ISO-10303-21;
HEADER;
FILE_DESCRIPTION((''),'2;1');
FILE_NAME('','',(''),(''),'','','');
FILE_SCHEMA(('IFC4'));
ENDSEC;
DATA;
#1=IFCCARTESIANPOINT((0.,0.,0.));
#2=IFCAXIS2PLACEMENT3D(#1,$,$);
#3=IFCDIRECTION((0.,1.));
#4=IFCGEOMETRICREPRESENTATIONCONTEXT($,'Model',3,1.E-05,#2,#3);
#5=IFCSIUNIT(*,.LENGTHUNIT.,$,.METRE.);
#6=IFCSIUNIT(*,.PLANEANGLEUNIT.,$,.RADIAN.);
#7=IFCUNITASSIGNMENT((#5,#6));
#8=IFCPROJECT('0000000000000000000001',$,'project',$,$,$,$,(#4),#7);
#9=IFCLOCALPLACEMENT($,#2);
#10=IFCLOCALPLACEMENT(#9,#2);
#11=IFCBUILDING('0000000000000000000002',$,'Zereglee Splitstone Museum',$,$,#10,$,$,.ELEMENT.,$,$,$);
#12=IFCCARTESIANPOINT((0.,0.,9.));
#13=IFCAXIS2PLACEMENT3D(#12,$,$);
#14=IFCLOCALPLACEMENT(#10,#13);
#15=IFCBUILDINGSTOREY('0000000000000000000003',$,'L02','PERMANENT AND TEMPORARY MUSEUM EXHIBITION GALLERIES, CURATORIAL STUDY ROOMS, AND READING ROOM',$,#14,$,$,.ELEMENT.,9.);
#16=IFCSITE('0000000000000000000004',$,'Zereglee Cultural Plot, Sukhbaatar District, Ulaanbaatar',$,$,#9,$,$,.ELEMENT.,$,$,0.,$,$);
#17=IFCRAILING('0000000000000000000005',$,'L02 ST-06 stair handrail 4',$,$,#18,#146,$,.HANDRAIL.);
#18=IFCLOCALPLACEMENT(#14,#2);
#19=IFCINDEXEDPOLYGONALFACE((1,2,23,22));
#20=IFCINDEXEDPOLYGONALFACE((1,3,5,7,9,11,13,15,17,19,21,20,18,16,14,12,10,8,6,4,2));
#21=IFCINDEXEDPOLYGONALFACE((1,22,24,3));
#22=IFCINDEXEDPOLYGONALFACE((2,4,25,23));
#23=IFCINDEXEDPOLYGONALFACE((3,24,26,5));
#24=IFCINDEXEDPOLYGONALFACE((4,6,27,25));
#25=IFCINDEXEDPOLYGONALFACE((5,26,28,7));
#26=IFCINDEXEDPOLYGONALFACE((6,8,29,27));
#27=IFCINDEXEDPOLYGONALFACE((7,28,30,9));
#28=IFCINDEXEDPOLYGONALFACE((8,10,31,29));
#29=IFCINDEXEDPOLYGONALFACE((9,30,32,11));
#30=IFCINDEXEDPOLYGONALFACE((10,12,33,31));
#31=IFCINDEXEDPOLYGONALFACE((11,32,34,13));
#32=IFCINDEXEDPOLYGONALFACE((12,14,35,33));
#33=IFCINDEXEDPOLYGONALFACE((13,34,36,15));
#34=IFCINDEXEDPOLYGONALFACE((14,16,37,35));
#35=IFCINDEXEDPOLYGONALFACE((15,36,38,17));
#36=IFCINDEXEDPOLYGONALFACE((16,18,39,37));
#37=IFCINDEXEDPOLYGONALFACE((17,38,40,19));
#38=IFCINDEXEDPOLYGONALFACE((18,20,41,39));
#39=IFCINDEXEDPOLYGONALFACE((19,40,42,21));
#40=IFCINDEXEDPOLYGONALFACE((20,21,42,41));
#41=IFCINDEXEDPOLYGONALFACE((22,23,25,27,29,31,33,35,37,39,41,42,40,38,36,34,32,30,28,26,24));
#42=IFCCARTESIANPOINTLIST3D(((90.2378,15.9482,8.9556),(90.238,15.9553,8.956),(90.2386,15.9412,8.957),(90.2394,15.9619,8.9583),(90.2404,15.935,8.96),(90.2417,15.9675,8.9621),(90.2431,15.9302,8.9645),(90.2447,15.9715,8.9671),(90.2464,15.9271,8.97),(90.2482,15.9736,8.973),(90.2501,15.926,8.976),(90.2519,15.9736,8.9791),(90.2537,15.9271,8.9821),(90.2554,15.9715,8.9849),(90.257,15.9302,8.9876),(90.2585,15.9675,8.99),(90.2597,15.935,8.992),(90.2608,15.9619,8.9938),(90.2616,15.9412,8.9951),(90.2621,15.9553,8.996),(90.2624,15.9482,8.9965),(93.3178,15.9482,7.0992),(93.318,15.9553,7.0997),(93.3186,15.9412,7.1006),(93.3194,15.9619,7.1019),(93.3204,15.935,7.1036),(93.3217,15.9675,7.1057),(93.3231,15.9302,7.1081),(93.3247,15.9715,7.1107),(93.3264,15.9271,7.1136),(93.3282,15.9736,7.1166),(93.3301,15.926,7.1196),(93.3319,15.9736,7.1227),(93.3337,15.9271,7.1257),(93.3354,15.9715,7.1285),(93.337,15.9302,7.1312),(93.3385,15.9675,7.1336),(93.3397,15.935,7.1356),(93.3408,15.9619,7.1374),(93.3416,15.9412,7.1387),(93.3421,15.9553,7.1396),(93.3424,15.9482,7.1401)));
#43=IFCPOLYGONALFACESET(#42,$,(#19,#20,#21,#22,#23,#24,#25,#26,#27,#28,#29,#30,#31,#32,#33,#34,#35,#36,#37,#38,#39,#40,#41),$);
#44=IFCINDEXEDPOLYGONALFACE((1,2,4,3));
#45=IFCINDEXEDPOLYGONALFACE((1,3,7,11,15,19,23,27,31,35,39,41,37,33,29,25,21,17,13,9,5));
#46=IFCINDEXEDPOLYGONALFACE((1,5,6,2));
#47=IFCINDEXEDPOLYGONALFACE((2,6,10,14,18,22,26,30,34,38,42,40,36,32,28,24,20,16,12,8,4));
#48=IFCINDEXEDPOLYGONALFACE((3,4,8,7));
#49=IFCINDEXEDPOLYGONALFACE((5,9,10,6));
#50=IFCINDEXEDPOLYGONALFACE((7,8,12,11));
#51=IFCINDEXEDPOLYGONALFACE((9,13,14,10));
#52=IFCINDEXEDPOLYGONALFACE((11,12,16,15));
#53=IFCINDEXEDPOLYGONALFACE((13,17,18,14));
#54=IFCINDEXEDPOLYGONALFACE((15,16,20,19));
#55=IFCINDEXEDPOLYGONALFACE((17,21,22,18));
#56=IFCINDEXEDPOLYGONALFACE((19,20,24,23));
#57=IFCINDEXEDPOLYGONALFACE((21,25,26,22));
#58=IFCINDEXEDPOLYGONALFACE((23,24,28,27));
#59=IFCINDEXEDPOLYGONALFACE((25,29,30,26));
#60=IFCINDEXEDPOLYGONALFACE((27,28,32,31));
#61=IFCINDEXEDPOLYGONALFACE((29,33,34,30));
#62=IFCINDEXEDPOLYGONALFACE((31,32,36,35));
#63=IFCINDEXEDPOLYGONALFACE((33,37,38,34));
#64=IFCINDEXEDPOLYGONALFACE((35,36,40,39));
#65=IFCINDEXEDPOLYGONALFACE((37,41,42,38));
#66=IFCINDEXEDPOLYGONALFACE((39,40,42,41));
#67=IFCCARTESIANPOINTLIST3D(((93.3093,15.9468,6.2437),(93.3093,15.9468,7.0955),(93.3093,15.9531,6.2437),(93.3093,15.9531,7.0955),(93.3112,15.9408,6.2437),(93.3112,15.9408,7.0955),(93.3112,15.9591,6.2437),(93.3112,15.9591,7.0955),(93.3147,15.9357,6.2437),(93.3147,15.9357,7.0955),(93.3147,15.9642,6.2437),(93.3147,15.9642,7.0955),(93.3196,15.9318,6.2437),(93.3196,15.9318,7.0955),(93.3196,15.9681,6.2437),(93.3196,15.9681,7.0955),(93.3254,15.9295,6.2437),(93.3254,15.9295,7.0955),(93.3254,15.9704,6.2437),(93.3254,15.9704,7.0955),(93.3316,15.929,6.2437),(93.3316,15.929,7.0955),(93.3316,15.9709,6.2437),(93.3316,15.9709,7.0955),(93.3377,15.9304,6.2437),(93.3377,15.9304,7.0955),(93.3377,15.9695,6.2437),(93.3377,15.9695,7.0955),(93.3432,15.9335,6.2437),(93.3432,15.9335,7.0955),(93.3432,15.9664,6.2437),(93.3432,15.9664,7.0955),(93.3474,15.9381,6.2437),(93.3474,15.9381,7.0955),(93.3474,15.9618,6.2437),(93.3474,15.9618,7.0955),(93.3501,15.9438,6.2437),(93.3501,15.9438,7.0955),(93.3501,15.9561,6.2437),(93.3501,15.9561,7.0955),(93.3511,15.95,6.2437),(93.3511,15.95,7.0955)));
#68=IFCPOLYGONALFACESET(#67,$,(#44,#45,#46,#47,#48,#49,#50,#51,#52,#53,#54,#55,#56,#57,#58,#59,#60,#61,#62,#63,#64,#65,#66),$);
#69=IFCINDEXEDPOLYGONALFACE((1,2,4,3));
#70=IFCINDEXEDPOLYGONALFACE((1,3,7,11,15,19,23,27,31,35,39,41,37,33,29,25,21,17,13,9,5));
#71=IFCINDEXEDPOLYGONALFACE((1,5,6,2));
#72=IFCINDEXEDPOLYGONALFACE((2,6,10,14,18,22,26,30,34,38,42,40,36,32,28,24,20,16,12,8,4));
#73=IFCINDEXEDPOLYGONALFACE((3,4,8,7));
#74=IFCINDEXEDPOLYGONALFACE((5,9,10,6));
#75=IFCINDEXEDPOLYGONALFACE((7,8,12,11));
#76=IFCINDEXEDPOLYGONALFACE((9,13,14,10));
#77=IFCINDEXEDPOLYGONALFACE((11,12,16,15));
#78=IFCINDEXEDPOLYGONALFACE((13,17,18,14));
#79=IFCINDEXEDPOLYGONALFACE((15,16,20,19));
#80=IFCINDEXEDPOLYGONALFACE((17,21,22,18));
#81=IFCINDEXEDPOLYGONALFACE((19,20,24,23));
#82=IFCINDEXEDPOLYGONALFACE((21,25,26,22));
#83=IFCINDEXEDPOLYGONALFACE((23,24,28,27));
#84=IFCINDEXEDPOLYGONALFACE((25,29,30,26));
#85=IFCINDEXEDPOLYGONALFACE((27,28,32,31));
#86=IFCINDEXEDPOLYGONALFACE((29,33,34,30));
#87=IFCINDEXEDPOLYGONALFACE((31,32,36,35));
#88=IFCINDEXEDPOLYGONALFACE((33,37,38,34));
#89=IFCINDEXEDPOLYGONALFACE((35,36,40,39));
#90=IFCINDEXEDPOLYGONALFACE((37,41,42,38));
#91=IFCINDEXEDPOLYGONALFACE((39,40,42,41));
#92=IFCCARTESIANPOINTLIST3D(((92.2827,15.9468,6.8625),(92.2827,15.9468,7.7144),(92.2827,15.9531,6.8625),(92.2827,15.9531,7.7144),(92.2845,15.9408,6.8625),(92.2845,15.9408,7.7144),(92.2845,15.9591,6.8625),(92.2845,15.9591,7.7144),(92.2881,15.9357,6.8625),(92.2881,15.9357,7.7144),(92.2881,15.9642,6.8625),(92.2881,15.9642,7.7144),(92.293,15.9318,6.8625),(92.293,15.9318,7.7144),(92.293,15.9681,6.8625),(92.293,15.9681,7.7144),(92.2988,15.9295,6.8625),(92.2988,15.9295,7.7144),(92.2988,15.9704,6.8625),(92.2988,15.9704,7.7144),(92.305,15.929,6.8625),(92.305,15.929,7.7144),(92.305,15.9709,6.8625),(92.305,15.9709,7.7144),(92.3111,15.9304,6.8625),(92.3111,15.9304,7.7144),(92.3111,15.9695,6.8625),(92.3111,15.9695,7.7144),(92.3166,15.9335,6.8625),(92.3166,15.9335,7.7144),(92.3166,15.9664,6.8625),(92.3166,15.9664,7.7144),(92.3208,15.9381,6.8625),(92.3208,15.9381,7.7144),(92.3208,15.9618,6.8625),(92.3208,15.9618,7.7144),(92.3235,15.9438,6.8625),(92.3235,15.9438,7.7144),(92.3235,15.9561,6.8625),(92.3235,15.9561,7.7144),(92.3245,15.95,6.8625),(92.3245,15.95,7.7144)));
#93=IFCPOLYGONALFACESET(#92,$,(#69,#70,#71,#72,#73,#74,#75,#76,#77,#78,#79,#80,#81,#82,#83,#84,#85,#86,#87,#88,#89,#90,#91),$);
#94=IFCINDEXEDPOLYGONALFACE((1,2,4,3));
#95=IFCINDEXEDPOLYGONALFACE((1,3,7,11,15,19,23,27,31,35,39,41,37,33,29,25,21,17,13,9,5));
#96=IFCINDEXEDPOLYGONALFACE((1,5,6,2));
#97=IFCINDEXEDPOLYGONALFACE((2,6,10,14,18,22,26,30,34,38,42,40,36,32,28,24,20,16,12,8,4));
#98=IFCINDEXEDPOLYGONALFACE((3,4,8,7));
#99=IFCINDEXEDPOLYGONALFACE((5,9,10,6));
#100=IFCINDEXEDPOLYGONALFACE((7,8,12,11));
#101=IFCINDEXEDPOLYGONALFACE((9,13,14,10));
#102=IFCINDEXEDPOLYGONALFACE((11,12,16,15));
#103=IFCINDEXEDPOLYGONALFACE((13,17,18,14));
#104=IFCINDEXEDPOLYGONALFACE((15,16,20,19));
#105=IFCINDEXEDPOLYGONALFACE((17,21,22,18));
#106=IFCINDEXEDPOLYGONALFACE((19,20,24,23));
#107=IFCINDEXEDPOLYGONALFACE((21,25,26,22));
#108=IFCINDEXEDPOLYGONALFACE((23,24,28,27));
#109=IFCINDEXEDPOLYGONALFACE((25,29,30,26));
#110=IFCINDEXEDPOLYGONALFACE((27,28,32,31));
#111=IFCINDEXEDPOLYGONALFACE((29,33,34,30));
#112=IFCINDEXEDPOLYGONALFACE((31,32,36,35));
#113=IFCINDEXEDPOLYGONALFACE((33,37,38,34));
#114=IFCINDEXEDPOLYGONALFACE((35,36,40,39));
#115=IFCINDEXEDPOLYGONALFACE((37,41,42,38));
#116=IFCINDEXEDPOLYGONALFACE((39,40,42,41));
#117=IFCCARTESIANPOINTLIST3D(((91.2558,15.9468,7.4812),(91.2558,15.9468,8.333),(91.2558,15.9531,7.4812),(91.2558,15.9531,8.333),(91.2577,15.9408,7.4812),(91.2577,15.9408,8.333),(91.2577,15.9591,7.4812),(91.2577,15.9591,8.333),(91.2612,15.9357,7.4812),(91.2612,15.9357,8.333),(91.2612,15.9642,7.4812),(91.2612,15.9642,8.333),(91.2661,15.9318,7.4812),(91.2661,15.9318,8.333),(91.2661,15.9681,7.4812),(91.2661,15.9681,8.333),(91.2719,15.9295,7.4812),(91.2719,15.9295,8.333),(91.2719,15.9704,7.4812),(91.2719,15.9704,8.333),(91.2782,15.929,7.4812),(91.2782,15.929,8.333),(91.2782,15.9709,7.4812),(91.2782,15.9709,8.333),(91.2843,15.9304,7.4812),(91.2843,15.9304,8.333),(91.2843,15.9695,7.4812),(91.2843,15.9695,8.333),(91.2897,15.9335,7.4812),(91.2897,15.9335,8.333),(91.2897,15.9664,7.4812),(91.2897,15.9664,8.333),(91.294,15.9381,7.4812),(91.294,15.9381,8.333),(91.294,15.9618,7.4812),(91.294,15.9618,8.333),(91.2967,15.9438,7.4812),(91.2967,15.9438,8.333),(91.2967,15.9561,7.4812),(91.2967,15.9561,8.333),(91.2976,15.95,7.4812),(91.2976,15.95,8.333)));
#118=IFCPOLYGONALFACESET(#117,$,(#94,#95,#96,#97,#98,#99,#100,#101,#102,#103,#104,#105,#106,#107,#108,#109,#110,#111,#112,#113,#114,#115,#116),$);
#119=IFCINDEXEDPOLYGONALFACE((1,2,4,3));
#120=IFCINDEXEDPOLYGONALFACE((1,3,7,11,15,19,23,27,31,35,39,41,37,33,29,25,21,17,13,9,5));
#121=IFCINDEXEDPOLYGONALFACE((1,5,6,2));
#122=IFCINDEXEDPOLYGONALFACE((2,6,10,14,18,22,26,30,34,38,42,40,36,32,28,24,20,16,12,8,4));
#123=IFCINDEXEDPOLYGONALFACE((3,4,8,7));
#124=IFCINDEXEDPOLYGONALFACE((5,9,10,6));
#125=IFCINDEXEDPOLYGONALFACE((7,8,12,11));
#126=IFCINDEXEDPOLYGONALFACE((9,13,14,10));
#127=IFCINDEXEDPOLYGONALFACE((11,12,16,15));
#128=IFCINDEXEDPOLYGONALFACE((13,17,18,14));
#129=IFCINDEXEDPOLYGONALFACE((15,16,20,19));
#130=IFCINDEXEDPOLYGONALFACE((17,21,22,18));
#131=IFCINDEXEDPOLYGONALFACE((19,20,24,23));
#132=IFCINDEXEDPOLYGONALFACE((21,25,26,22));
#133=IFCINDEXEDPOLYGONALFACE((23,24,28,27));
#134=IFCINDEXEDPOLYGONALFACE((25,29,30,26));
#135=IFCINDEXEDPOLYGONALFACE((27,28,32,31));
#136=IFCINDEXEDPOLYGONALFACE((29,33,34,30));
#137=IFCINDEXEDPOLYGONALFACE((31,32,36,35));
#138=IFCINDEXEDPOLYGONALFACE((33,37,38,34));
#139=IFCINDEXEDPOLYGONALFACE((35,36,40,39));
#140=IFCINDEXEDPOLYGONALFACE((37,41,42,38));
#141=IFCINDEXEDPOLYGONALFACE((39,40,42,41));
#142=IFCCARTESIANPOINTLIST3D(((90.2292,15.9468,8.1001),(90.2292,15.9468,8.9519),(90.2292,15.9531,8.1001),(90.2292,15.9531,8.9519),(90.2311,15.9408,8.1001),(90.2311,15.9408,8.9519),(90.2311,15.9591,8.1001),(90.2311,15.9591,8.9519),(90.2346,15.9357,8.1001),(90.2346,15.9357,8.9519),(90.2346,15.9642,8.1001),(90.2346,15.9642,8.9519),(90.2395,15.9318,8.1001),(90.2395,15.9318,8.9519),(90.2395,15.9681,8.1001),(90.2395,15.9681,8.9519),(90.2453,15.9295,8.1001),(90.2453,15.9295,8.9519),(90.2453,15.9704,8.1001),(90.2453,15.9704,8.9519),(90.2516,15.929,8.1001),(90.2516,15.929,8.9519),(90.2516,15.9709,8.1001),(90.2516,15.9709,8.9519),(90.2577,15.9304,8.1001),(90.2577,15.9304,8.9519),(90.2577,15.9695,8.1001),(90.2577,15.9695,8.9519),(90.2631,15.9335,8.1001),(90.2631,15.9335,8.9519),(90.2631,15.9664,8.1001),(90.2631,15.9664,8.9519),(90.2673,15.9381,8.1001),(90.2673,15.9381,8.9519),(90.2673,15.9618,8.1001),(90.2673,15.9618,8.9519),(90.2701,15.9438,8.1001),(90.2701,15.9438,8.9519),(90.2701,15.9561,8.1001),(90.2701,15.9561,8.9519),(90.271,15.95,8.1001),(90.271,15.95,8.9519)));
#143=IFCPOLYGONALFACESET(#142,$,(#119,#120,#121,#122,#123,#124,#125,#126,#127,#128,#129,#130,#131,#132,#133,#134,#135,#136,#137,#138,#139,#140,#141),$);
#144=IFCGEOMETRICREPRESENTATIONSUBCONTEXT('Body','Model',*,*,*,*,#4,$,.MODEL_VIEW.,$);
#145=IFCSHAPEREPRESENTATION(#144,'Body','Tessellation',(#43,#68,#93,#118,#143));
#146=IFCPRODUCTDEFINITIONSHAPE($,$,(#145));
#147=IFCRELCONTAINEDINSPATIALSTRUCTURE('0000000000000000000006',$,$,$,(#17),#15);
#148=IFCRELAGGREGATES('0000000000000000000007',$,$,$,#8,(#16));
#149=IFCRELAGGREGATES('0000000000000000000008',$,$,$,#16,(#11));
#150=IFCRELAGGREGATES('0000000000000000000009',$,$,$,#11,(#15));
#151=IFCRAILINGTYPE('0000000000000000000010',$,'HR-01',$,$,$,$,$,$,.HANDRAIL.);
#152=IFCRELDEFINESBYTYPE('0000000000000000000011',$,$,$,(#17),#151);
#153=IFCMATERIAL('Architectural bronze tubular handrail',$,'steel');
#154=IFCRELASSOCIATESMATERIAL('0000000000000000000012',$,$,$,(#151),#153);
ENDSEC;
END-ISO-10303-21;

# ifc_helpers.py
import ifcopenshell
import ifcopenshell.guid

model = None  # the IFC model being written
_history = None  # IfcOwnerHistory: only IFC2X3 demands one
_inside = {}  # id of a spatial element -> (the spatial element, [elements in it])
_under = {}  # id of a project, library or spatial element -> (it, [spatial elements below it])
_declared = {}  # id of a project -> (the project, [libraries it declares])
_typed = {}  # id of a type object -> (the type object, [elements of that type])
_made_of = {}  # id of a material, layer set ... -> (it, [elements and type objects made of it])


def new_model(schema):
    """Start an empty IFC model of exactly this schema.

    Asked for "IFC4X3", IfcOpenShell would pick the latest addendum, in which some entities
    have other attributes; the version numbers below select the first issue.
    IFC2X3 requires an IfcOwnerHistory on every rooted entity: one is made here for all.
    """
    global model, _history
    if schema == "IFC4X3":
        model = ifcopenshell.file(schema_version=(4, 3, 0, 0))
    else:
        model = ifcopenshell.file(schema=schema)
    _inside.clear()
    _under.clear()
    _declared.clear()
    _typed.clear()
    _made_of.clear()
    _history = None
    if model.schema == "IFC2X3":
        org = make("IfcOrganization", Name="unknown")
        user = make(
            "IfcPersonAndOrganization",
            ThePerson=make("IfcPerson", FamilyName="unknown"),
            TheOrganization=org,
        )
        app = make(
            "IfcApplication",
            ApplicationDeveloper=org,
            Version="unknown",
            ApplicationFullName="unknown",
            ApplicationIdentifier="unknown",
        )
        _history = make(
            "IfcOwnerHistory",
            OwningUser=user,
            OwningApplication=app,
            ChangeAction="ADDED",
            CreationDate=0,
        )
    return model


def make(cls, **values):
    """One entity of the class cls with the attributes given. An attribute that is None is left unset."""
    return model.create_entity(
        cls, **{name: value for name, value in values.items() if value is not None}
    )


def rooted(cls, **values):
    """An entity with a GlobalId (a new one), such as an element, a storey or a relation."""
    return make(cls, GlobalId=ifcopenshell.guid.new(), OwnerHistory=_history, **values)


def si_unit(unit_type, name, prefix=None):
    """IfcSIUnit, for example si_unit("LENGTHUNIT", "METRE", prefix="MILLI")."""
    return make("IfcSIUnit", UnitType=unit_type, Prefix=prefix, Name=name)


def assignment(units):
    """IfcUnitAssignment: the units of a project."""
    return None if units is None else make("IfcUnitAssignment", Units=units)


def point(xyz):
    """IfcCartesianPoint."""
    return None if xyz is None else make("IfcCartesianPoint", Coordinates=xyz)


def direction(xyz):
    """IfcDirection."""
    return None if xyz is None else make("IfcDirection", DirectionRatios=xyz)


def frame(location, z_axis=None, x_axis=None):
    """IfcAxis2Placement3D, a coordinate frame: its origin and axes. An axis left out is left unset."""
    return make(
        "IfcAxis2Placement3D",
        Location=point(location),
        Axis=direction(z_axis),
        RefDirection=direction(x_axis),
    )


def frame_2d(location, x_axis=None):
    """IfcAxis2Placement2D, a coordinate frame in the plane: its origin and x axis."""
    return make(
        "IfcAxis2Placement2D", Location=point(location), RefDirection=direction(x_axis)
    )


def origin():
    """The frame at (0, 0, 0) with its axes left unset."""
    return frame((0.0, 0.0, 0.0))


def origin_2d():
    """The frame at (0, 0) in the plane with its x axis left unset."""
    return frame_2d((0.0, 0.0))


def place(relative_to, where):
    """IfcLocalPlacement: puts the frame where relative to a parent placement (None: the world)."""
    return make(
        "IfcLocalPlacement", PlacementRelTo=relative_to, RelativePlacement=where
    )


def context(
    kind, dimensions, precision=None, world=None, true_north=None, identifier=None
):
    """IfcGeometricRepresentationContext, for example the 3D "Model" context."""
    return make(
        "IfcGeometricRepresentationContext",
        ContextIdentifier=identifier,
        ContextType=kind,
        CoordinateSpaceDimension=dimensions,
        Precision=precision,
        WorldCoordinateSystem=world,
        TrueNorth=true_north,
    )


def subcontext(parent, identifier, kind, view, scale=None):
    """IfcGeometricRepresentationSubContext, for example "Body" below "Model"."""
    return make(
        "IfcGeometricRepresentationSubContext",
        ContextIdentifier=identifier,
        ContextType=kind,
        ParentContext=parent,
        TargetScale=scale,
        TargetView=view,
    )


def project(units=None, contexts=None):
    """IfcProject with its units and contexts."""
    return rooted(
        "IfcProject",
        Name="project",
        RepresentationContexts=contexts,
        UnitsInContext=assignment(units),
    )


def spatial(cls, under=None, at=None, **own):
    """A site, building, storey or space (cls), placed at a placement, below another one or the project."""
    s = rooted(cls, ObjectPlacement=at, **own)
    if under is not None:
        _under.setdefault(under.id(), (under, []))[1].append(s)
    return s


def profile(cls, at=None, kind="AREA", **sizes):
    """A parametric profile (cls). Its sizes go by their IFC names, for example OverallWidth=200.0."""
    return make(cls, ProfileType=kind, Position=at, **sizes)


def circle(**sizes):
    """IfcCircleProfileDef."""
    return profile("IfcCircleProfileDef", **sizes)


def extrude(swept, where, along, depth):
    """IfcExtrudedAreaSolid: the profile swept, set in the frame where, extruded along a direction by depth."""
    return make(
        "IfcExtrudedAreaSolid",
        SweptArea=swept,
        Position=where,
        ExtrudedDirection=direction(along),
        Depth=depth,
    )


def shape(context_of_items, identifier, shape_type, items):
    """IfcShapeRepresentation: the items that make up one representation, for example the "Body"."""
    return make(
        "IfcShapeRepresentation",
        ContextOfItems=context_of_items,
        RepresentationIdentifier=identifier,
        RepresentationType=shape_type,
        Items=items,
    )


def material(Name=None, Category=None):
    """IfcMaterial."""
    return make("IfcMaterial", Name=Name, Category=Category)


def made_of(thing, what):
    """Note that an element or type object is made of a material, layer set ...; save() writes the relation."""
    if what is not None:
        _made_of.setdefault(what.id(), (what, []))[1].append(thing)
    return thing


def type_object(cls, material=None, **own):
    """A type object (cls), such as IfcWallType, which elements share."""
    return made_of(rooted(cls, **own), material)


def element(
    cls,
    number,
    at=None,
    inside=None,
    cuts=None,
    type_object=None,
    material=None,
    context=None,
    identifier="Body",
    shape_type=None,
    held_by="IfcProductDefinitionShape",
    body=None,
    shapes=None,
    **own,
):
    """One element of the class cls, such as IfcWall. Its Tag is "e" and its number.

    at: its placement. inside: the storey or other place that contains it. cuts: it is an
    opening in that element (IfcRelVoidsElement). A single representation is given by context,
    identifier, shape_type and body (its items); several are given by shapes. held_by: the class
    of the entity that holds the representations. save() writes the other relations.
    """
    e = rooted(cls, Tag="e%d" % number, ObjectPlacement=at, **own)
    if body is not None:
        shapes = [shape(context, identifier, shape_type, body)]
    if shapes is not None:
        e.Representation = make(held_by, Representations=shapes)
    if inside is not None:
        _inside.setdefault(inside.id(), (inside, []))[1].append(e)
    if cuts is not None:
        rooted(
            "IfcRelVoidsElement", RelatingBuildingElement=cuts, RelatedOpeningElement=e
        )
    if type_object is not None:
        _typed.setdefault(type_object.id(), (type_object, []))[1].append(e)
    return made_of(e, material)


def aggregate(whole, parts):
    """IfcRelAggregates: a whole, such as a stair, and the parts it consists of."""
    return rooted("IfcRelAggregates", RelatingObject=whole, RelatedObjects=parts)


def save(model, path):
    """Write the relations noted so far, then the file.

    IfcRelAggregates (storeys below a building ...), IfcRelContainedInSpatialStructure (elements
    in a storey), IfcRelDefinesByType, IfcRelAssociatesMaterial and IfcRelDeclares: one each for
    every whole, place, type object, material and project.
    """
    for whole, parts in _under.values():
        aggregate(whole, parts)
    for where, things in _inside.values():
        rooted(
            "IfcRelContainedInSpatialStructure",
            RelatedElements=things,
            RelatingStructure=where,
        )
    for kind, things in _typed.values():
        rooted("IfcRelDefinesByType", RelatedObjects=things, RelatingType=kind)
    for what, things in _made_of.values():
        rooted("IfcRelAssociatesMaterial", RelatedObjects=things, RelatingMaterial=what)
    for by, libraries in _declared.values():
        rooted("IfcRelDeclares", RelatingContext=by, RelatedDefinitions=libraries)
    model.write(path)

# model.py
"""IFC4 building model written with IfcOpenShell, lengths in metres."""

from ifc_helpers import new_model, si_unit, direction, frame, origin, origin_2d, place, context, subcontext, project, spatial, circle, extrude, material, type_object, element, save


model = new_model("IFC4")

# Units and contexts
model_context = context("Model", 3, precision=1e-05, world=origin(), true_north=direction((0.0, 1.0)))
body_context = subcontext(model_context, "Body", "Model", "MODEL_VIEW")
ifc_project = project(units=[si_unit("LENGTHUNIT", "METRE"), si_unit("PLANEANGLEUNIT", "RADIAN")], contexts=[model_context])

# Site, building, storey
site_placement = place(None, origin())
site = spatial("IfcSite", under=ifc_project, at=site_placement, Name="Zereglee Cultural Plot, Sukhbaatar District, Ulaanbaatar", CompositionType="ELEMENT", RefElevation=0.0)
building_placement = place(site_placement, origin())
building = spatial("IfcBuilding", under=site, at=building_placement, Name="Zereglee Splitstone Museum", CompositionType="ELEMENT")
storey_placement = place(building_placement, frame((0.0, 0.0, 9.0)))
storey = spatial("IfcBuildingStorey", under=building, at=storey_placement, Name="L02", Description="PERMANENT AND TEMPORARY MUSEUM EXHIBITION GALLERIES, CURATORIAL STUDY ROOMS, AND READING ROOM", CompositionType="ELEMENT", Elevation=9.0)

# Railing
ifc_material_1 = material(Name="Architectural bronze tubular handrail", Category="steel")
railing_type_1 = type_object("IfcRailingType", Name="HR-01", PredefinedType="HANDRAIL", material=ifc_material_1)
railing_1_placement = place(storey_placement, frame((93.3301, 15.95, 6.2437)))
element("IfcRailing", 1, at=railing_1_placement, inside=storey, type_object=railing_type_1, Name="L02 ST-06 stair handrail 4", PredefinedType="HANDRAIL", context=body_context, shape_type="SweptSolid", body=[
    extrude(circle(Radius=0.0239, at=origin_2d()), frame((0.0, 0.0, 0.876), z_axis=(-0.856461, 0.0, 0.516212), x_axis=(0.0, -1.0, 0.0)), (0.0, 0.0, 1.0), 3.5962),
    extrude(circle(Radius=0.021, at=origin_2d()), origin(), (0.0, 0.0, 1.0), 0.8518),
    extrude(circle(Radius=0.021, at=origin_2d()), frame((-1.0266, 0.0, 0.6189)), (0.0, 0.0, 1.0), 0.8518),
    extrude(circle(Radius=0.021, at=origin_2d()), frame((-2.0535, 0.0, 1.2375)), (0.0, 0.0, 1.0), 0.8518),
    extrude(circle(Radius=0.021, at=origin_2d()), frame((-3.0801, 0.0, 1.8564)), (0.0, 0.0, 1.0), 0.8518),
])

save(model, "model.ifc")
